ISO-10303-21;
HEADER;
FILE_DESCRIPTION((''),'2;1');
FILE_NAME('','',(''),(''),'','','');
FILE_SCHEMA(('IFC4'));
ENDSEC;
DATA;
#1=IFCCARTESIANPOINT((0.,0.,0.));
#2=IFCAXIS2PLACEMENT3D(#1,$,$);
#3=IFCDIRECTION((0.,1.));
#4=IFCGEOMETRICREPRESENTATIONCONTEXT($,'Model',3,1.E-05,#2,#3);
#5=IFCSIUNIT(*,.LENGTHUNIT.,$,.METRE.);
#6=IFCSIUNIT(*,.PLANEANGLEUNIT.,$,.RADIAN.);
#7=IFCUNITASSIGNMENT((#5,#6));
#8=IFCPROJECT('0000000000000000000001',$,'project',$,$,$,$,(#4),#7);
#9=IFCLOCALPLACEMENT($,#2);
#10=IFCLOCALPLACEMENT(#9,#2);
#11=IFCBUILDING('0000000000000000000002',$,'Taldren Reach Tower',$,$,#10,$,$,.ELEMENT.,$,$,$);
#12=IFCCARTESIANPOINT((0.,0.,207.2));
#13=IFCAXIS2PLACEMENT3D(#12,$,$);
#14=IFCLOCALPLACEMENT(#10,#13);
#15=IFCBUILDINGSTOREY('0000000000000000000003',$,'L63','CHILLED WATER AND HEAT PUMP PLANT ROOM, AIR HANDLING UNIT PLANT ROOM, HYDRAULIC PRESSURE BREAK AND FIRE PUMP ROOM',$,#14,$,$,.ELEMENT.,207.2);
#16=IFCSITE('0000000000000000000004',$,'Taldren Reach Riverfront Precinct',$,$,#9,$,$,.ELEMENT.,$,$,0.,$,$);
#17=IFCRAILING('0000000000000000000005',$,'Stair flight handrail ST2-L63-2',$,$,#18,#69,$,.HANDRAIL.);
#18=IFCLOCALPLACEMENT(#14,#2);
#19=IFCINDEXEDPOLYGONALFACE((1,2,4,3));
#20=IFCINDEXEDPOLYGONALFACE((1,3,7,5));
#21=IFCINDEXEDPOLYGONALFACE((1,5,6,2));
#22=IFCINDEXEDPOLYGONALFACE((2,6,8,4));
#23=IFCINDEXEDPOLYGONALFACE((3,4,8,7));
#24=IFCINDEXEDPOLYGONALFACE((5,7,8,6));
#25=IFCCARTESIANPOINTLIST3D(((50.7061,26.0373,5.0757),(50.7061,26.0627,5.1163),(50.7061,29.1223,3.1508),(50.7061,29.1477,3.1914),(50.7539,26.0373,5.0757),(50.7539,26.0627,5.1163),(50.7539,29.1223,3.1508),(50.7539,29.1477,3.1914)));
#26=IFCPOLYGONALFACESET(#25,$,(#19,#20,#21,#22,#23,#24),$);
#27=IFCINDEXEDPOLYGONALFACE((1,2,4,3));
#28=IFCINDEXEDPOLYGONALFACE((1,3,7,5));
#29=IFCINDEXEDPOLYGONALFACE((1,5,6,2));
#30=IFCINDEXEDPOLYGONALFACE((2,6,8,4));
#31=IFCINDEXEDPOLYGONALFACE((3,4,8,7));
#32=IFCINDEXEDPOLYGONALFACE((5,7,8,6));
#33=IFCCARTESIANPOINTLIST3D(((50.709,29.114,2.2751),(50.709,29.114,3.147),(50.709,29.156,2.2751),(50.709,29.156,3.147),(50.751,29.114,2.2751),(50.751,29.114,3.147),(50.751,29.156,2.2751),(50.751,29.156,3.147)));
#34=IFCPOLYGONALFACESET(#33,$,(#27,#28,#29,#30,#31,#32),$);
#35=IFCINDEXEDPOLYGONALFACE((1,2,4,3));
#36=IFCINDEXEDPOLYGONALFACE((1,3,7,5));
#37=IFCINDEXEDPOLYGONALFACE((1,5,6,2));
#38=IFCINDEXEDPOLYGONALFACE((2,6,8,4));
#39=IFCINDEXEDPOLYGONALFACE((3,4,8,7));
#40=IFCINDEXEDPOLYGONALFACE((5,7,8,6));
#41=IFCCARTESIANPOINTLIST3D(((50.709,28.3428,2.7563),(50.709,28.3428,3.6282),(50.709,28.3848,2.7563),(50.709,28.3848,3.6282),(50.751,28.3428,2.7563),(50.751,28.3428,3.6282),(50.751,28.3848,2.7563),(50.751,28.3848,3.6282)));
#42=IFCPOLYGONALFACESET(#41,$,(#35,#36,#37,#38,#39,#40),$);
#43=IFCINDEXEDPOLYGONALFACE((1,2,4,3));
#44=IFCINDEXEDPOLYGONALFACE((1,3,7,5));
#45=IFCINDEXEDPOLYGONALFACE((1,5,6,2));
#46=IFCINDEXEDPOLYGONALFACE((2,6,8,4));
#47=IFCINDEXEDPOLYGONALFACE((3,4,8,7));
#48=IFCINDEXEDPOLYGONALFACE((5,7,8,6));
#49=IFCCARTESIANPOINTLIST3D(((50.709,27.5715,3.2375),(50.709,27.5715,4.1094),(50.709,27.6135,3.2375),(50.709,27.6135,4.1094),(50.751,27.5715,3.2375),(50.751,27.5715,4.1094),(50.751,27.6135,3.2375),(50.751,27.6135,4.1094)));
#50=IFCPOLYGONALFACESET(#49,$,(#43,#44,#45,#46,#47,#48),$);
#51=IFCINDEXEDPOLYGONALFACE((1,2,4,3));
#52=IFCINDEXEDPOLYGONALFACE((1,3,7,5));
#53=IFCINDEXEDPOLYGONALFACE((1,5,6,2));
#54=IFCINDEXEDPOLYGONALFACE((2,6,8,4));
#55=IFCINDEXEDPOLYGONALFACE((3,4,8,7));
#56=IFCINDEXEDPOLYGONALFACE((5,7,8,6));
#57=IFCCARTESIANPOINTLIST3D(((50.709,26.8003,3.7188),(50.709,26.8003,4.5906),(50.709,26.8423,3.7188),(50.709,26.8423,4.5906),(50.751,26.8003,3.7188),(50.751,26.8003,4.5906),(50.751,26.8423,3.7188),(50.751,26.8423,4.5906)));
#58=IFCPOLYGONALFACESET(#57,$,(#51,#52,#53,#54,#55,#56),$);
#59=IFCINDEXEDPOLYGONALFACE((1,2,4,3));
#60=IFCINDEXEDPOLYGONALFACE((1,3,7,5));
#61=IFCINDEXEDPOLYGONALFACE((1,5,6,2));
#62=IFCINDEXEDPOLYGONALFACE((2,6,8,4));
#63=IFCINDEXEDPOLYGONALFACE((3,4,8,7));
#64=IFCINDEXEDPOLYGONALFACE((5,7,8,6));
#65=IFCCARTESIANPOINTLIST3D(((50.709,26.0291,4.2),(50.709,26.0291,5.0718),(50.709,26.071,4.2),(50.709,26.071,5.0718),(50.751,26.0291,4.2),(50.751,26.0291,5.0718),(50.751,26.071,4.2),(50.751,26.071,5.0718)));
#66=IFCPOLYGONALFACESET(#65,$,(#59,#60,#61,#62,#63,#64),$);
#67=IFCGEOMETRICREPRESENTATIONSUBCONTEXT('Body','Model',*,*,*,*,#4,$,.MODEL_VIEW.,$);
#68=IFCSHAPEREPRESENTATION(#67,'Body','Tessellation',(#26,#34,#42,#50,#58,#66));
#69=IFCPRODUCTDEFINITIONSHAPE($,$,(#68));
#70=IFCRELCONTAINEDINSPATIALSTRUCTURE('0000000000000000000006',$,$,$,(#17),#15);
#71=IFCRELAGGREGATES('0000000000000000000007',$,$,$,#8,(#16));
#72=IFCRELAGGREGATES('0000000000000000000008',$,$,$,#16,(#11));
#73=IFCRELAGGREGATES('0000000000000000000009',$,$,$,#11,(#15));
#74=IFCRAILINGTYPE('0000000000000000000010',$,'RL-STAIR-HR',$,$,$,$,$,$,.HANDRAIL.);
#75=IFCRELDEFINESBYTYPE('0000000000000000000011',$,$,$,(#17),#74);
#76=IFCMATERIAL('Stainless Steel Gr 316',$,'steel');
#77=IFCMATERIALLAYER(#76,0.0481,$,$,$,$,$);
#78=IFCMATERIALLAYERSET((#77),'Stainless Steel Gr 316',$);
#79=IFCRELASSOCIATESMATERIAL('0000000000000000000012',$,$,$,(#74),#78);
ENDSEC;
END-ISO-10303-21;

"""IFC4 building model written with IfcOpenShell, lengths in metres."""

from ifc_helpers import new_model, si_unit, direction, frame, origin, origin_2d, place, context, subcontext, project, spatial, rectangle, extrude, material, layer, layer_set, type_object, element, save


model = new_model("IFC4")

# Units and contexts
model_context = context("Model", 3, precision=1e-05, world=origin(), true_north=direction((0.0, 1.0)))
body_context = subcontext(model_context, "Body", "Model", "MODEL_VIEW")
ifc_project = project(units=[si_unit("LENGTHUNIT", "METRE"), si_unit("PLANEANGLEUNIT", "RADIAN")], contexts=[model_context])

# Site, building, storey
site_placement = place(None, origin())
site = spatial("IfcSite", under=ifc_project, at=site_placement, Name="Taldren Reach Riverfront Precinct", CompositionType="ELEMENT", RefElevation=0.0)
building_placement = place(site_placement, origin())
building = spatial("IfcBuilding", under=site, at=building_placement, Name="Taldren Reach Tower", CompositionType="ELEMENT")
storey_placement = place(building_placement, frame((0.0, 0.0, 207.2)))
storey = spatial("IfcBuildingStorey", under=building, at=storey_placement, Name="L63", Description="CHILLED WATER AND HEAT PUMP PLANT ROOM, AIR HANDLING UNIT PLANT ROOM, HYDRAULIC PRESSURE BREAK AND FIRE PUMP ROOM", CompositionType="ELEMENT", Elevation=207.2)

# Railing
ifc_material_1 = material(Name="Stainless Steel Gr 316", Category="steel")
ifc_layer_1 = layer(ifc_material_1, 0.0481)
ifc_layer_set_1 = layer_set([ifc_layer_1], Name="Stainless Steel Gr 316")
railing_type_1 = type_object("IfcRailingType", Name="RL-STAIR-HR", PredefinedType="HANDRAIL", material=ifc_layer_set_1)
railing_1_placement = place(storey_placement, frame((50.73, 29.135, 2.2751)))
element("IfcRailing", 1, at=railing_1_placement, inside=storey, type_object=railing_type_1, Name="Stair flight handrail ST2-L63-2", PredefinedType="HANDRAIL", context=body_context, shape_type="SweptSolid", body=[
    extrude(rectangle(XDim=0.0479, YDim=0.0479, at=origin_2d()), frame((0.0, 0.0, 0.896), z_axis=(0.0, -0.848405, 0.529347), x_axis=(1.0, 0.0, 0.0)), (0.0, 0.0, 1.0), 3.6362),
    extrude(rectangle(XDim=0.042, YDim=0.042, at=origin_2d()), origin(), (0.0, 0.0, 1.0), 0.8718),
    extrude(rectangle(XDim=0.042, YDim=0.042, at=origin_2d()), frame((0.0, -0.7712, 0.4812)), (0.0, 0.0, 1.0), 0.8718),
    extrude(rectangle(XDim=0.042, YDim=0.042, at=origin_2d()), frame((0.0, -1.5425, 0.9624)), (0.0, 0.0, 1.0), 0.8718),
    extrude(rectangle(XDim=0.042, YDim=0.042, at=origin_2d()), frame((0.0, -2.3137, 1.4436)), (0.0, 0.0, 1.0), 0.8718),
    extrude(rectangle(XDim=0.042, YDim=0.042, at=origin_2d()), frame((0.0, -3.085, 1.9248)), (0.0, 0.0, 1.0), 0.8718),
])

save(model, "model.ifc")
